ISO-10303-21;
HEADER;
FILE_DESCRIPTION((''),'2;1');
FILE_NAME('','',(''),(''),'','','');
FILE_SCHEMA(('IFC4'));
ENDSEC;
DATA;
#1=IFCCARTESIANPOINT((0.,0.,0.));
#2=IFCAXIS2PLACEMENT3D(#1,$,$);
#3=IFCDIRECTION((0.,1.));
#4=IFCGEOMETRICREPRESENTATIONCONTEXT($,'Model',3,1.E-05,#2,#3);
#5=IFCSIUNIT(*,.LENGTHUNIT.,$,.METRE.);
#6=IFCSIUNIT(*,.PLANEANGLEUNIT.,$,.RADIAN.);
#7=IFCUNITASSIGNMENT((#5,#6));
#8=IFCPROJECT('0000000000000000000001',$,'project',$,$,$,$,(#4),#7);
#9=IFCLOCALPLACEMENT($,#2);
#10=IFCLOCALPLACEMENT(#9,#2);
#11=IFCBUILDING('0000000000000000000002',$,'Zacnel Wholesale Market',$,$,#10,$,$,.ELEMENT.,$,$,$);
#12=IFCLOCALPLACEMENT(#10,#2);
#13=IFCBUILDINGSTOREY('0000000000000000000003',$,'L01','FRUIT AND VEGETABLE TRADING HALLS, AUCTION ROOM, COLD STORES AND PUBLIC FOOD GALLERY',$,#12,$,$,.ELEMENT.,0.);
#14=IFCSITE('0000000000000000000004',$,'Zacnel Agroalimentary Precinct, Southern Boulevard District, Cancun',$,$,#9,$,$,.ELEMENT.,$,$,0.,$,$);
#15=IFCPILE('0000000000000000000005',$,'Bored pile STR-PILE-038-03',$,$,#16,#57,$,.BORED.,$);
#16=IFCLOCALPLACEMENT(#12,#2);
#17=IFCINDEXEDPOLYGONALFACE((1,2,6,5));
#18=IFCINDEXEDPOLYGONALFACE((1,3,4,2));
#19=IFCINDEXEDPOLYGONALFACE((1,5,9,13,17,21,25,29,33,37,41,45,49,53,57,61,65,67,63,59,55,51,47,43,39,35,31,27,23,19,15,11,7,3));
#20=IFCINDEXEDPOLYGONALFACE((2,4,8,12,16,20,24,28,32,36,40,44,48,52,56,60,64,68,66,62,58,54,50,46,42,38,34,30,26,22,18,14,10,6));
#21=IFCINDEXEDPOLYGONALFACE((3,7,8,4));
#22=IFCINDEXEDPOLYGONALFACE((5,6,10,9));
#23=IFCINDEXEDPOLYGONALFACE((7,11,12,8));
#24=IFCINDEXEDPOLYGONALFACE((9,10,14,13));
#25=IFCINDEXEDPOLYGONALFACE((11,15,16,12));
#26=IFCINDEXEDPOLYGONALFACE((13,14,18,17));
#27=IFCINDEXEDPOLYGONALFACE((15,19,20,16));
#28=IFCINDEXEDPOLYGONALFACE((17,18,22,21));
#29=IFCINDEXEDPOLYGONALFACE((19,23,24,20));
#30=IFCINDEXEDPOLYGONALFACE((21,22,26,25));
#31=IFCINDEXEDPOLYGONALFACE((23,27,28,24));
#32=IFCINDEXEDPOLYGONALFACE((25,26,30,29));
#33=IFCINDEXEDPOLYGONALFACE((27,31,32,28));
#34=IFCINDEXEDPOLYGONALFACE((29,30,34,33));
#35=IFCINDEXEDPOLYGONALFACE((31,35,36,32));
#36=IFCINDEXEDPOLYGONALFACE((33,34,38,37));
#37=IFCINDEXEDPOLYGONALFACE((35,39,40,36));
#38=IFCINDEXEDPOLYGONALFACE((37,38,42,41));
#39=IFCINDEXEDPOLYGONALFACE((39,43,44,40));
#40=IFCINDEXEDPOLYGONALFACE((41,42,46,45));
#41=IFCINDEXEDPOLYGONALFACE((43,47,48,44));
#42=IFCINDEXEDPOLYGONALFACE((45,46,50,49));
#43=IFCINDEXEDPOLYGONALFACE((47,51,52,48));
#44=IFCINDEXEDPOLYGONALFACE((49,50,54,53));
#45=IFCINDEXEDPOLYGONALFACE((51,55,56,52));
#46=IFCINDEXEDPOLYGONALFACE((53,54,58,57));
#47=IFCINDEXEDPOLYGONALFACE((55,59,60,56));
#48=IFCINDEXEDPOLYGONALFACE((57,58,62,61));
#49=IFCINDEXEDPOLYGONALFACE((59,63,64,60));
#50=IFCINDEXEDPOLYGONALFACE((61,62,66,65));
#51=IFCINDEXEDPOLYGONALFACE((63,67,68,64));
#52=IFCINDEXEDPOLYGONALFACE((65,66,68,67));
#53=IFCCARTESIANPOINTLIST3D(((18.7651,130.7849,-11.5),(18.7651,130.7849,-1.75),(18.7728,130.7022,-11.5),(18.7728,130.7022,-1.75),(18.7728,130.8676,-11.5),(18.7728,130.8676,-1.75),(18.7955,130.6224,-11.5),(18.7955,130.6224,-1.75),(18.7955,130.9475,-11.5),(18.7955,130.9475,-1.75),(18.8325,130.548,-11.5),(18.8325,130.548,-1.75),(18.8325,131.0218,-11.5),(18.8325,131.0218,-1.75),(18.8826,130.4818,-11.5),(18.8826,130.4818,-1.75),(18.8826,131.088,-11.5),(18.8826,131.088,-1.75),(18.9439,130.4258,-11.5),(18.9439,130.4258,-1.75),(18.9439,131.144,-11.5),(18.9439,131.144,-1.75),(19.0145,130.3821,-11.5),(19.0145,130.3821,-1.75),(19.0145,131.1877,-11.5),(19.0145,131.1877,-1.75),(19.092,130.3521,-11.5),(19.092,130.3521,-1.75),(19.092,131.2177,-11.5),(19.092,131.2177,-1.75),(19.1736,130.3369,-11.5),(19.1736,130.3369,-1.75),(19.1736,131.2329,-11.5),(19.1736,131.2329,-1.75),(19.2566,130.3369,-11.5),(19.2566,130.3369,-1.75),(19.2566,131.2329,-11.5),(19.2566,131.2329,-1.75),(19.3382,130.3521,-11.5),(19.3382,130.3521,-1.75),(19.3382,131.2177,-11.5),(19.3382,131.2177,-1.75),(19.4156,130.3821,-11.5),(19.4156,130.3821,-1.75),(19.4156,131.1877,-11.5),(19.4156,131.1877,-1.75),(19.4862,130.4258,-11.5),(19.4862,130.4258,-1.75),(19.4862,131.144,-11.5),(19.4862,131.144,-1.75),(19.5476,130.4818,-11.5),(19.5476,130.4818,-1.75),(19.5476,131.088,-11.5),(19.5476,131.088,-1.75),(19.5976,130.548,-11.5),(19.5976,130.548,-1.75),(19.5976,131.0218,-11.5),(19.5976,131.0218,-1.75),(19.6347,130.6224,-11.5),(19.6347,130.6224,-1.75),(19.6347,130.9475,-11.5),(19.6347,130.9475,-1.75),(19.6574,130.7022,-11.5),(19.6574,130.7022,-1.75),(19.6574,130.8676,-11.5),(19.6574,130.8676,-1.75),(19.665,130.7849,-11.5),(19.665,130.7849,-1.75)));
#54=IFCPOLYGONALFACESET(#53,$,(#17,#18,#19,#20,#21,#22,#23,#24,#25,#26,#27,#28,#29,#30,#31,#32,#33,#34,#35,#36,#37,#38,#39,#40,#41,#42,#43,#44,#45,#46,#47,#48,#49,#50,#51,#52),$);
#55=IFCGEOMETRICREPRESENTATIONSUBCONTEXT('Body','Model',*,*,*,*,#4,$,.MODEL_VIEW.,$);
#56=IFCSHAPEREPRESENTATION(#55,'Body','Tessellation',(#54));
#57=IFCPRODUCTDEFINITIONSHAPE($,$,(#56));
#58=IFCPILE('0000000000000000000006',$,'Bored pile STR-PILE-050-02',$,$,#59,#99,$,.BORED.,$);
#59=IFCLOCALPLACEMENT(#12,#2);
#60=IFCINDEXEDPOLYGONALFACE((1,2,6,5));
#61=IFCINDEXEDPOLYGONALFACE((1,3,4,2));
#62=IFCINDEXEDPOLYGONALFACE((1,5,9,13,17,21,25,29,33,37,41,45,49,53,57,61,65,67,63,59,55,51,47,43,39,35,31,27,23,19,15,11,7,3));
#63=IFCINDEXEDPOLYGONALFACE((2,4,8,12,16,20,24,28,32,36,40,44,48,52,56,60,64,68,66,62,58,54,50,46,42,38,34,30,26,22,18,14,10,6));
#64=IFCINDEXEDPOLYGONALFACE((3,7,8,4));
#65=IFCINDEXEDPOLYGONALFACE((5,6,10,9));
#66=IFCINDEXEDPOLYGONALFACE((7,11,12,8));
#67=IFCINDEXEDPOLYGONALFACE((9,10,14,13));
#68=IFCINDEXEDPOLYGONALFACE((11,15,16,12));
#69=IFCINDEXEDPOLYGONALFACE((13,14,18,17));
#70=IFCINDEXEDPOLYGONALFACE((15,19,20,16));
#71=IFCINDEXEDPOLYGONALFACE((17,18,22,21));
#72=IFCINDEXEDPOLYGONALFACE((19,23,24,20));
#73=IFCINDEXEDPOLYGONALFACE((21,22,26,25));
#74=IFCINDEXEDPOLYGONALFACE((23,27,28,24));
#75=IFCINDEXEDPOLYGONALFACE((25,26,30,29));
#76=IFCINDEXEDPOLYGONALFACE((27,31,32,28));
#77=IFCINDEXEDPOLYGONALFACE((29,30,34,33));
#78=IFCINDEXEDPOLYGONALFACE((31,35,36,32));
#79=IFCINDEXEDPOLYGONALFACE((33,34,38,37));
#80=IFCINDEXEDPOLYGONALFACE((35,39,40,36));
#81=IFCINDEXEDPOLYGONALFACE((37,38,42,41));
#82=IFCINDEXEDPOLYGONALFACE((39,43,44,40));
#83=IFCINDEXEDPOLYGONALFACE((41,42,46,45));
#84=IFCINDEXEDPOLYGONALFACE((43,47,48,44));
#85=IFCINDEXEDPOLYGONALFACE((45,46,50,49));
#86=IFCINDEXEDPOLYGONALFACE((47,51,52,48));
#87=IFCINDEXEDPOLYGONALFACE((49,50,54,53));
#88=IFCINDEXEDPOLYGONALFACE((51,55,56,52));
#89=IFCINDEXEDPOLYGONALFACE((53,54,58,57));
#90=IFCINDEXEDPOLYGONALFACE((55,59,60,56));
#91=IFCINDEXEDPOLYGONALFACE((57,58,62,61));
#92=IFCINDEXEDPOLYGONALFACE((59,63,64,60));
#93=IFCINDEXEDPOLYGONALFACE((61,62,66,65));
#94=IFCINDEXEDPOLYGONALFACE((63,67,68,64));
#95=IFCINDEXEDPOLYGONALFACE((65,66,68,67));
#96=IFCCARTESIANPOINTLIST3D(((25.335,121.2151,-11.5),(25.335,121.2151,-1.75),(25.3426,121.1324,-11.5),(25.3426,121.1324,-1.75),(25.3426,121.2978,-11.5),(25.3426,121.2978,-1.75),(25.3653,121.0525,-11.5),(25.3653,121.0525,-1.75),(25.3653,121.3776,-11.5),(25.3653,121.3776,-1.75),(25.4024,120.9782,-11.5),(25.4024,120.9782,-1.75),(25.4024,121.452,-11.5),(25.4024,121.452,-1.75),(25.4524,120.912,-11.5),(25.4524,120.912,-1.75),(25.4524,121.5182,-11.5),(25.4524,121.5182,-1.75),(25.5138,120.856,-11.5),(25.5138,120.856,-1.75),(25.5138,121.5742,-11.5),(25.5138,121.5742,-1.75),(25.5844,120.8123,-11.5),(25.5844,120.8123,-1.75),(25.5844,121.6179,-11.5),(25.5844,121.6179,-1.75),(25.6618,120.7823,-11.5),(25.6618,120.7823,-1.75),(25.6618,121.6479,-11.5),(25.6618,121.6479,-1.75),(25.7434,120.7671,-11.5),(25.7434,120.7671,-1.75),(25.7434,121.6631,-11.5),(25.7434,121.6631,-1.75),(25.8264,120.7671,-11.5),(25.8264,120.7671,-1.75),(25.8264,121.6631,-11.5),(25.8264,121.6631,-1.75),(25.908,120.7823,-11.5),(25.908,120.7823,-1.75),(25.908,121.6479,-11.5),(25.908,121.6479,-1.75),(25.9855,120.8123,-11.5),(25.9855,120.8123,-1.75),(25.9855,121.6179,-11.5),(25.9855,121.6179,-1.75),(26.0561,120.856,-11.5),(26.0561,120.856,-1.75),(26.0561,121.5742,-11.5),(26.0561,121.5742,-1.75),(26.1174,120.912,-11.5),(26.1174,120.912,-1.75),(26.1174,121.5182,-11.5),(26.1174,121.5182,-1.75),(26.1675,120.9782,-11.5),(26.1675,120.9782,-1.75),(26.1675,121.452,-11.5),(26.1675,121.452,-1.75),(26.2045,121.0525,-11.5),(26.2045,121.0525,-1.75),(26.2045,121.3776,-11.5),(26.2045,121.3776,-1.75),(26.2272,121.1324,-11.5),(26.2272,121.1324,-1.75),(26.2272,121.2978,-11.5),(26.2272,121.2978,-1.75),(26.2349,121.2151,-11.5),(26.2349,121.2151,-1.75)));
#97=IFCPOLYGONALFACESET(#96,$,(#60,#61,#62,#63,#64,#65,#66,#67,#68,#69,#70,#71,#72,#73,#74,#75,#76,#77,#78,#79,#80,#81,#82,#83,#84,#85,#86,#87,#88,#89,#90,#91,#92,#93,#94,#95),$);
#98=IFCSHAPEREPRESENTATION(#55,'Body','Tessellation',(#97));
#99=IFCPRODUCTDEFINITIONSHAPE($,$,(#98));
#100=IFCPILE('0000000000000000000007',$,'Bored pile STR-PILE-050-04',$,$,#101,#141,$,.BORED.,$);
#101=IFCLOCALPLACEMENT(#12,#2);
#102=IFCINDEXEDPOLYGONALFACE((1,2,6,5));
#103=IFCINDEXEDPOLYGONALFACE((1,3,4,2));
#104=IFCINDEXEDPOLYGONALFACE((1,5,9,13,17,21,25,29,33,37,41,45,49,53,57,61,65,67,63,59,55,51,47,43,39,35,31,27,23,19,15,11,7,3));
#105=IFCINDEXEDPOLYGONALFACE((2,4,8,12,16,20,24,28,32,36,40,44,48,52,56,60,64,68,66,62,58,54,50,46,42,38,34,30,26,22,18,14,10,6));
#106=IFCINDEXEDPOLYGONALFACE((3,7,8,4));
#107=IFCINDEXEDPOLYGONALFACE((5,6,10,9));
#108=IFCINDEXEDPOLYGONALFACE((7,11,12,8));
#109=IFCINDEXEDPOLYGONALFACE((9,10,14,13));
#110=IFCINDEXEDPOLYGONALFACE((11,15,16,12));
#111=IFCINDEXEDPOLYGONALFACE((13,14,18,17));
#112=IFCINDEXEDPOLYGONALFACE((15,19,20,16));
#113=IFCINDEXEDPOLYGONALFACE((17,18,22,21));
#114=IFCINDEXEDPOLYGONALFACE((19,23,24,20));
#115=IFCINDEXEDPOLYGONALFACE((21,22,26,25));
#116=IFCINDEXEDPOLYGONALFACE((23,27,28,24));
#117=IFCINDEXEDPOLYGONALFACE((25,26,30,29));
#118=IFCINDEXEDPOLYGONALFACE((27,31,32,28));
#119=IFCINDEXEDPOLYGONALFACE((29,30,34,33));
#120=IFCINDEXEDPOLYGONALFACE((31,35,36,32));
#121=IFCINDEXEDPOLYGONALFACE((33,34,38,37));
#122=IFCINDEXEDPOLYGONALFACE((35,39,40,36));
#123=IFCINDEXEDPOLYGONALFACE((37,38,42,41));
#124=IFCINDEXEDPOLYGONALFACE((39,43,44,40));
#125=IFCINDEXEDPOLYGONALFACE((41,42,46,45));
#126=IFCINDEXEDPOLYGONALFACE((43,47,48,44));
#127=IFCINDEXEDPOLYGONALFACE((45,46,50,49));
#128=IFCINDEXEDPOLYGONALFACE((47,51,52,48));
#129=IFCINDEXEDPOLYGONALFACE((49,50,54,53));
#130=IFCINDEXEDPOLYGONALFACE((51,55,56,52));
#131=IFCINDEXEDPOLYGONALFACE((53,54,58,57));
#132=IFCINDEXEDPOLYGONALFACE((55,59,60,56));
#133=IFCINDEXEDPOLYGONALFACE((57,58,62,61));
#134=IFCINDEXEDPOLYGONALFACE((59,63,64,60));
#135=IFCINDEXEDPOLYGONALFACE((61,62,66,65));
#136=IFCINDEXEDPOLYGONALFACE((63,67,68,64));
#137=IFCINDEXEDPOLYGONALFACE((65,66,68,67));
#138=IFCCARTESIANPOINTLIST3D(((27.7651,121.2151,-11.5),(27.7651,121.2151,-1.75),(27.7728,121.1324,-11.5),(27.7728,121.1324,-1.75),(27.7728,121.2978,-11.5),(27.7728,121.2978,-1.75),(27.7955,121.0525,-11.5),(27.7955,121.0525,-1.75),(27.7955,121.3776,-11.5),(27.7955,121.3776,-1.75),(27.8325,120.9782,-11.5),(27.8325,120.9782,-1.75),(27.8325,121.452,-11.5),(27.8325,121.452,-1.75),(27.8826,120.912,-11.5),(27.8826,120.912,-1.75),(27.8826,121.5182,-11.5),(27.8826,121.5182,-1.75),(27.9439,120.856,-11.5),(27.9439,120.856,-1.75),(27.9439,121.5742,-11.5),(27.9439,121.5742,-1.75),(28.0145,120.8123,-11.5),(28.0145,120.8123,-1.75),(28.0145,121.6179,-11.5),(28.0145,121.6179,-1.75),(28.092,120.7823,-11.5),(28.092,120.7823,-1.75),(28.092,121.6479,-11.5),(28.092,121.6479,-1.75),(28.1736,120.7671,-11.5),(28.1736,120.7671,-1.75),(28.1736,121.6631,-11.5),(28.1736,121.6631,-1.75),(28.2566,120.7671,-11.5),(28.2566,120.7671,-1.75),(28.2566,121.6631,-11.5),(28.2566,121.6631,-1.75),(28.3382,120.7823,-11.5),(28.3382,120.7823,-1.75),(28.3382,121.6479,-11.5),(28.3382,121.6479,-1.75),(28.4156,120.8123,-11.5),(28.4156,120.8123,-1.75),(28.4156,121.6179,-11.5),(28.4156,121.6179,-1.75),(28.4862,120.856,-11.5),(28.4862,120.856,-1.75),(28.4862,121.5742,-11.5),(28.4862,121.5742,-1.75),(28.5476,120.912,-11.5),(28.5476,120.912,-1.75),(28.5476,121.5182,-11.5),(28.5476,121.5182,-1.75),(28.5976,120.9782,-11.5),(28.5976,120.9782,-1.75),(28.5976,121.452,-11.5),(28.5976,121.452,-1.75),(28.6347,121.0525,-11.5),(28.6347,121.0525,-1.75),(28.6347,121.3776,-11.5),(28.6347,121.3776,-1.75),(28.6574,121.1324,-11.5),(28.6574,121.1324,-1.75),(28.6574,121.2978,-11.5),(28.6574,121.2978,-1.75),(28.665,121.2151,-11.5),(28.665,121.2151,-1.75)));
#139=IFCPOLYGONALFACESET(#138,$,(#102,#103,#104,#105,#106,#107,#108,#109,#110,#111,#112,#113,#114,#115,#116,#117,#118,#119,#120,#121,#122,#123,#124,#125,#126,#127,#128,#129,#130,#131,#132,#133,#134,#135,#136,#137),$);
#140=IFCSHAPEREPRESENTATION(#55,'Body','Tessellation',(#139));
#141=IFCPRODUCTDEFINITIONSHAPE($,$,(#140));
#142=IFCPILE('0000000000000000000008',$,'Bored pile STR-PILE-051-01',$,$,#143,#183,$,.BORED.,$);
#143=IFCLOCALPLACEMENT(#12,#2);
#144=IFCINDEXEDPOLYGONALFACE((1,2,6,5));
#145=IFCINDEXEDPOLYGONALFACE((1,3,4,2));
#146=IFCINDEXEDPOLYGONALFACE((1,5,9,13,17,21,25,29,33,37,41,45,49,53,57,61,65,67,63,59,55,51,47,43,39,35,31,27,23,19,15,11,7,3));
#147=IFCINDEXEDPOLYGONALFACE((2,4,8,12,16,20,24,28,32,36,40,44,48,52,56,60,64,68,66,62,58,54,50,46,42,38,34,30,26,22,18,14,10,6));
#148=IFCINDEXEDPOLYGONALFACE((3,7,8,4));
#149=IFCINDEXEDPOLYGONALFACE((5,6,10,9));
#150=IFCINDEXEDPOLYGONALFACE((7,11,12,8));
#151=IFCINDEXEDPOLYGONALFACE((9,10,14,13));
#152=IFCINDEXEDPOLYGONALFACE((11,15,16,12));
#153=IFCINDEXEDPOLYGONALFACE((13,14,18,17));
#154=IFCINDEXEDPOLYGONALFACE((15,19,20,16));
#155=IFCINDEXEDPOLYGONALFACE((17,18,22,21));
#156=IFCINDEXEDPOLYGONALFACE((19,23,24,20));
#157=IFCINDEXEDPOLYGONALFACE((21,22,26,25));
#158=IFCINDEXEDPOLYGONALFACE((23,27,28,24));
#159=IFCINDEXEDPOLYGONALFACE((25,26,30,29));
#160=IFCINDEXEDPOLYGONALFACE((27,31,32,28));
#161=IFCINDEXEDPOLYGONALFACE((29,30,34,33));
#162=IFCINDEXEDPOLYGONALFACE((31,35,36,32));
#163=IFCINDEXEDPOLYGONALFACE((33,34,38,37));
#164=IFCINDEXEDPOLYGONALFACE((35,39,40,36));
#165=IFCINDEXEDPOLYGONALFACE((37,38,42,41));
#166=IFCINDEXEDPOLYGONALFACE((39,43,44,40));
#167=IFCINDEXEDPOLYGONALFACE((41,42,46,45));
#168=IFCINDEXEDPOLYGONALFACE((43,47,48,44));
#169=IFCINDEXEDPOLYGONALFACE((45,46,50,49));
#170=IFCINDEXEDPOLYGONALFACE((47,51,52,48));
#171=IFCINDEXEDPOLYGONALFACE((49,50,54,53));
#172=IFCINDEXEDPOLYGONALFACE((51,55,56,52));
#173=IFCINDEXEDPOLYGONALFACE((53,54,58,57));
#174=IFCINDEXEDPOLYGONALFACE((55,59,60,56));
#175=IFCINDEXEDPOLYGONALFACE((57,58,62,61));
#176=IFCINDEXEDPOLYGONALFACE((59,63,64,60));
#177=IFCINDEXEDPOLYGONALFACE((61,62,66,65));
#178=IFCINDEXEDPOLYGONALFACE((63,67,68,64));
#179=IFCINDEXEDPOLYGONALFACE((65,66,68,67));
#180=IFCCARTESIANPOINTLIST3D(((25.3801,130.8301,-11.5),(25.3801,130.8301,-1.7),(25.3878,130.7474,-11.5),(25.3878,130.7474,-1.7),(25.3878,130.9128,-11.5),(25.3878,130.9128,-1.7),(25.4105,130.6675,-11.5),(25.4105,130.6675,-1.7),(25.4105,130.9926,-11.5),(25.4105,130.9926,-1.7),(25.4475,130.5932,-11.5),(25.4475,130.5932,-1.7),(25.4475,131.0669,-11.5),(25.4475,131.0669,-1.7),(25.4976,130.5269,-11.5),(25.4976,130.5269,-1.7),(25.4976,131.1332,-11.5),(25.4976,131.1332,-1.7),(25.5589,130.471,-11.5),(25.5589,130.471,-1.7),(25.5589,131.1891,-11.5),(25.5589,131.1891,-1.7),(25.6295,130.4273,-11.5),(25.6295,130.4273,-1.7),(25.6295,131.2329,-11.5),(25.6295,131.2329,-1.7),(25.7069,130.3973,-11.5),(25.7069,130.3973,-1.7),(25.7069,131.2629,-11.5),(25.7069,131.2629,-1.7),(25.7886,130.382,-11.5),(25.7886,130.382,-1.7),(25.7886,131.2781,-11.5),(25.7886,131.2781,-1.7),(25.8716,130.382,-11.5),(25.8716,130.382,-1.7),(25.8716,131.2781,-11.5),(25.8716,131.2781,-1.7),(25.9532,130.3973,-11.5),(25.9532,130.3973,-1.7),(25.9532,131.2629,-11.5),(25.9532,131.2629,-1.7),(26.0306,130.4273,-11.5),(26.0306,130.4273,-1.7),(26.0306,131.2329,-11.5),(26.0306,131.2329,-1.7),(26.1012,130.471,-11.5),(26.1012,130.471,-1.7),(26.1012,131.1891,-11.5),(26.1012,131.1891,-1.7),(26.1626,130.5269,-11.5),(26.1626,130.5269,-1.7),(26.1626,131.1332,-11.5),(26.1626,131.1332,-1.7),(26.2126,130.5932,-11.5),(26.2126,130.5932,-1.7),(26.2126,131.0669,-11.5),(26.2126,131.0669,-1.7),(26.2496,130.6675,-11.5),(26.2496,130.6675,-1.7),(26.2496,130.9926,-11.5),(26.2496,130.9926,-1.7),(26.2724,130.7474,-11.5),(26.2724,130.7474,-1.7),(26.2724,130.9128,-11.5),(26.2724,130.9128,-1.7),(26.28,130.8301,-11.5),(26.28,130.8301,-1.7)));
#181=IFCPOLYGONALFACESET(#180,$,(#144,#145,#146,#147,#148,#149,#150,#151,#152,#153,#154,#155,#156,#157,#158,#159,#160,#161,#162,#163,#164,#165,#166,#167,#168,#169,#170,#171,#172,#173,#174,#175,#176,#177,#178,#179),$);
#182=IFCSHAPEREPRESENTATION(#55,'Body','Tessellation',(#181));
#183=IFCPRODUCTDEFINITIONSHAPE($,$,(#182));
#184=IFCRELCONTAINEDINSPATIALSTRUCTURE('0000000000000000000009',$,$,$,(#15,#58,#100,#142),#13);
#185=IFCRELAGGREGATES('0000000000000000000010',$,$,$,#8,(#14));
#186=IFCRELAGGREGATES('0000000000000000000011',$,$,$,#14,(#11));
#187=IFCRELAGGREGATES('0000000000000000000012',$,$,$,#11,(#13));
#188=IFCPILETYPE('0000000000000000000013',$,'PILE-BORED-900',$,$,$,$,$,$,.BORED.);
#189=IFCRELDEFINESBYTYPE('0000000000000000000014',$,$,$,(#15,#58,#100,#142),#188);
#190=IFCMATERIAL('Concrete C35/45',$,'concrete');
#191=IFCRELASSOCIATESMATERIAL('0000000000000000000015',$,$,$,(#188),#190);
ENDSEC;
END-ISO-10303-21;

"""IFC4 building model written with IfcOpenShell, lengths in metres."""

from ifc_helpers import new_model, si_unit, direction, frame, origin, origin_2d, place, context, subcontext, project, spatial, circle, extrude, material, material_profile, profile_set, type_object, element, save


model = new_model("IFC4")

# Units and contexts
model_context = context("Model", 3, precision=1e-05, world=origin(), true_north=direction((0.0, 1.0)))
body_context = subcontext(model_context, "Body", "Model", "MODEL_VIEW")
ifc_project = project(units=[si_unit("LENGTHUNIT", "METRE"), si_unit("PLANEANGLEUNIT", "RADIAN")], contexts=[model_context])

# Site, building, storey
site_placement = place(None, origin())
site = spatial("IfcSite", under=ifc_project, at=site_placement, Name="Zacnel Agroalimentary Precinct, Southern Boulevard District, Cancun", CompositionType="ELEMENT", RefElevation=0.0)
building_placement = place(site_placement, origin())
building = spatial("IfcBuilding", under=site, at=building_placement, Name="Zacnel Wholesale Market", CompositionType="ELEMENT")
storey_placement = place(building_placement, origin())
storey = spatial("IfcBuildingStorey", under=building, at=storey_placement, Name="L01", Description="FRUIT AND VEGETABLE TRADING HALLS, AUCTION ROOM, COLD STORES AND PUBLIC FOOD GALLERY", CompositionType="ELEMENT", Elevation=0.0)

# Piles
ifc_material_1 = material(Name="Concrete C35/45", Category="concrete")
ifc_material_profile_1 = material_profile(ifc_material_1, circle(Radius=0.45, at=origin_2d()), Name="BORED PILE D900")
ifc_profile_set_1 = profile_set([ifc_material_profile_1], Name="Concrete C35/45")
pile_type = type_object("IfcPileType", Name="PILE-BORED-900", PredefinedType="BORED", material=ifc_profile_set_1)
for number, where, z_axis, x_axis, name in (
    (1, (19.2151, 130.7849, -1.75), (0.0, 0.0, -1.0), (1.0, 0.0, 0.0), "Bored pile STR-PILE-038-03"),
    (2, (25.7849, 121.2151, -1.75), (0.0, 0.0, -1.0), (1.0, 0.0, 0.0), "Bored pile STR-PILE-050-02"),
    (3, (28.2151, 121.2151, -1.75), (0.0, 0.0, -1.0), (1.0, 0.0, 0.0), "Bored pile STR-PILE-050-04"),
):
    element("IfcPile", number, at=place(storey_placement, frame(where, z_axis=z_axis, x_axis=x_axis)), inside=storey, type_object=pile_type, Name=name, PredefinedType="BORED", context=body_context, shape_type="SweptSolid", body=[
        extrude(circle(Radius=0.45, at=origin_2d()), origin(), (0.0, 0.0, 1.0), 9.75),
    ])
for number, where, z_axis, x_axis, name in (
    (4, (25.8301, 130.8301, -1.7), (0.0, 0.0, -1.0), (1.0, 0.0, 0.0), "Bored pile STR-PILE-051-01"),
):
    element("IfcPile", number, at=place(storey_placement, frame(where, z_axis=z_axis, x_axis=x_axis)), inside=storey, type_object=pile_type, Name=name, PredefinedType="BORED", context=body_context, shape_type="SweptSolid", body=[
        extrude(circle(Radius=0.45, at=origin_2d()), origin(), (0.0, 0.0, 1.0), 9.8),
    ])

save(model, "model.ifc")
